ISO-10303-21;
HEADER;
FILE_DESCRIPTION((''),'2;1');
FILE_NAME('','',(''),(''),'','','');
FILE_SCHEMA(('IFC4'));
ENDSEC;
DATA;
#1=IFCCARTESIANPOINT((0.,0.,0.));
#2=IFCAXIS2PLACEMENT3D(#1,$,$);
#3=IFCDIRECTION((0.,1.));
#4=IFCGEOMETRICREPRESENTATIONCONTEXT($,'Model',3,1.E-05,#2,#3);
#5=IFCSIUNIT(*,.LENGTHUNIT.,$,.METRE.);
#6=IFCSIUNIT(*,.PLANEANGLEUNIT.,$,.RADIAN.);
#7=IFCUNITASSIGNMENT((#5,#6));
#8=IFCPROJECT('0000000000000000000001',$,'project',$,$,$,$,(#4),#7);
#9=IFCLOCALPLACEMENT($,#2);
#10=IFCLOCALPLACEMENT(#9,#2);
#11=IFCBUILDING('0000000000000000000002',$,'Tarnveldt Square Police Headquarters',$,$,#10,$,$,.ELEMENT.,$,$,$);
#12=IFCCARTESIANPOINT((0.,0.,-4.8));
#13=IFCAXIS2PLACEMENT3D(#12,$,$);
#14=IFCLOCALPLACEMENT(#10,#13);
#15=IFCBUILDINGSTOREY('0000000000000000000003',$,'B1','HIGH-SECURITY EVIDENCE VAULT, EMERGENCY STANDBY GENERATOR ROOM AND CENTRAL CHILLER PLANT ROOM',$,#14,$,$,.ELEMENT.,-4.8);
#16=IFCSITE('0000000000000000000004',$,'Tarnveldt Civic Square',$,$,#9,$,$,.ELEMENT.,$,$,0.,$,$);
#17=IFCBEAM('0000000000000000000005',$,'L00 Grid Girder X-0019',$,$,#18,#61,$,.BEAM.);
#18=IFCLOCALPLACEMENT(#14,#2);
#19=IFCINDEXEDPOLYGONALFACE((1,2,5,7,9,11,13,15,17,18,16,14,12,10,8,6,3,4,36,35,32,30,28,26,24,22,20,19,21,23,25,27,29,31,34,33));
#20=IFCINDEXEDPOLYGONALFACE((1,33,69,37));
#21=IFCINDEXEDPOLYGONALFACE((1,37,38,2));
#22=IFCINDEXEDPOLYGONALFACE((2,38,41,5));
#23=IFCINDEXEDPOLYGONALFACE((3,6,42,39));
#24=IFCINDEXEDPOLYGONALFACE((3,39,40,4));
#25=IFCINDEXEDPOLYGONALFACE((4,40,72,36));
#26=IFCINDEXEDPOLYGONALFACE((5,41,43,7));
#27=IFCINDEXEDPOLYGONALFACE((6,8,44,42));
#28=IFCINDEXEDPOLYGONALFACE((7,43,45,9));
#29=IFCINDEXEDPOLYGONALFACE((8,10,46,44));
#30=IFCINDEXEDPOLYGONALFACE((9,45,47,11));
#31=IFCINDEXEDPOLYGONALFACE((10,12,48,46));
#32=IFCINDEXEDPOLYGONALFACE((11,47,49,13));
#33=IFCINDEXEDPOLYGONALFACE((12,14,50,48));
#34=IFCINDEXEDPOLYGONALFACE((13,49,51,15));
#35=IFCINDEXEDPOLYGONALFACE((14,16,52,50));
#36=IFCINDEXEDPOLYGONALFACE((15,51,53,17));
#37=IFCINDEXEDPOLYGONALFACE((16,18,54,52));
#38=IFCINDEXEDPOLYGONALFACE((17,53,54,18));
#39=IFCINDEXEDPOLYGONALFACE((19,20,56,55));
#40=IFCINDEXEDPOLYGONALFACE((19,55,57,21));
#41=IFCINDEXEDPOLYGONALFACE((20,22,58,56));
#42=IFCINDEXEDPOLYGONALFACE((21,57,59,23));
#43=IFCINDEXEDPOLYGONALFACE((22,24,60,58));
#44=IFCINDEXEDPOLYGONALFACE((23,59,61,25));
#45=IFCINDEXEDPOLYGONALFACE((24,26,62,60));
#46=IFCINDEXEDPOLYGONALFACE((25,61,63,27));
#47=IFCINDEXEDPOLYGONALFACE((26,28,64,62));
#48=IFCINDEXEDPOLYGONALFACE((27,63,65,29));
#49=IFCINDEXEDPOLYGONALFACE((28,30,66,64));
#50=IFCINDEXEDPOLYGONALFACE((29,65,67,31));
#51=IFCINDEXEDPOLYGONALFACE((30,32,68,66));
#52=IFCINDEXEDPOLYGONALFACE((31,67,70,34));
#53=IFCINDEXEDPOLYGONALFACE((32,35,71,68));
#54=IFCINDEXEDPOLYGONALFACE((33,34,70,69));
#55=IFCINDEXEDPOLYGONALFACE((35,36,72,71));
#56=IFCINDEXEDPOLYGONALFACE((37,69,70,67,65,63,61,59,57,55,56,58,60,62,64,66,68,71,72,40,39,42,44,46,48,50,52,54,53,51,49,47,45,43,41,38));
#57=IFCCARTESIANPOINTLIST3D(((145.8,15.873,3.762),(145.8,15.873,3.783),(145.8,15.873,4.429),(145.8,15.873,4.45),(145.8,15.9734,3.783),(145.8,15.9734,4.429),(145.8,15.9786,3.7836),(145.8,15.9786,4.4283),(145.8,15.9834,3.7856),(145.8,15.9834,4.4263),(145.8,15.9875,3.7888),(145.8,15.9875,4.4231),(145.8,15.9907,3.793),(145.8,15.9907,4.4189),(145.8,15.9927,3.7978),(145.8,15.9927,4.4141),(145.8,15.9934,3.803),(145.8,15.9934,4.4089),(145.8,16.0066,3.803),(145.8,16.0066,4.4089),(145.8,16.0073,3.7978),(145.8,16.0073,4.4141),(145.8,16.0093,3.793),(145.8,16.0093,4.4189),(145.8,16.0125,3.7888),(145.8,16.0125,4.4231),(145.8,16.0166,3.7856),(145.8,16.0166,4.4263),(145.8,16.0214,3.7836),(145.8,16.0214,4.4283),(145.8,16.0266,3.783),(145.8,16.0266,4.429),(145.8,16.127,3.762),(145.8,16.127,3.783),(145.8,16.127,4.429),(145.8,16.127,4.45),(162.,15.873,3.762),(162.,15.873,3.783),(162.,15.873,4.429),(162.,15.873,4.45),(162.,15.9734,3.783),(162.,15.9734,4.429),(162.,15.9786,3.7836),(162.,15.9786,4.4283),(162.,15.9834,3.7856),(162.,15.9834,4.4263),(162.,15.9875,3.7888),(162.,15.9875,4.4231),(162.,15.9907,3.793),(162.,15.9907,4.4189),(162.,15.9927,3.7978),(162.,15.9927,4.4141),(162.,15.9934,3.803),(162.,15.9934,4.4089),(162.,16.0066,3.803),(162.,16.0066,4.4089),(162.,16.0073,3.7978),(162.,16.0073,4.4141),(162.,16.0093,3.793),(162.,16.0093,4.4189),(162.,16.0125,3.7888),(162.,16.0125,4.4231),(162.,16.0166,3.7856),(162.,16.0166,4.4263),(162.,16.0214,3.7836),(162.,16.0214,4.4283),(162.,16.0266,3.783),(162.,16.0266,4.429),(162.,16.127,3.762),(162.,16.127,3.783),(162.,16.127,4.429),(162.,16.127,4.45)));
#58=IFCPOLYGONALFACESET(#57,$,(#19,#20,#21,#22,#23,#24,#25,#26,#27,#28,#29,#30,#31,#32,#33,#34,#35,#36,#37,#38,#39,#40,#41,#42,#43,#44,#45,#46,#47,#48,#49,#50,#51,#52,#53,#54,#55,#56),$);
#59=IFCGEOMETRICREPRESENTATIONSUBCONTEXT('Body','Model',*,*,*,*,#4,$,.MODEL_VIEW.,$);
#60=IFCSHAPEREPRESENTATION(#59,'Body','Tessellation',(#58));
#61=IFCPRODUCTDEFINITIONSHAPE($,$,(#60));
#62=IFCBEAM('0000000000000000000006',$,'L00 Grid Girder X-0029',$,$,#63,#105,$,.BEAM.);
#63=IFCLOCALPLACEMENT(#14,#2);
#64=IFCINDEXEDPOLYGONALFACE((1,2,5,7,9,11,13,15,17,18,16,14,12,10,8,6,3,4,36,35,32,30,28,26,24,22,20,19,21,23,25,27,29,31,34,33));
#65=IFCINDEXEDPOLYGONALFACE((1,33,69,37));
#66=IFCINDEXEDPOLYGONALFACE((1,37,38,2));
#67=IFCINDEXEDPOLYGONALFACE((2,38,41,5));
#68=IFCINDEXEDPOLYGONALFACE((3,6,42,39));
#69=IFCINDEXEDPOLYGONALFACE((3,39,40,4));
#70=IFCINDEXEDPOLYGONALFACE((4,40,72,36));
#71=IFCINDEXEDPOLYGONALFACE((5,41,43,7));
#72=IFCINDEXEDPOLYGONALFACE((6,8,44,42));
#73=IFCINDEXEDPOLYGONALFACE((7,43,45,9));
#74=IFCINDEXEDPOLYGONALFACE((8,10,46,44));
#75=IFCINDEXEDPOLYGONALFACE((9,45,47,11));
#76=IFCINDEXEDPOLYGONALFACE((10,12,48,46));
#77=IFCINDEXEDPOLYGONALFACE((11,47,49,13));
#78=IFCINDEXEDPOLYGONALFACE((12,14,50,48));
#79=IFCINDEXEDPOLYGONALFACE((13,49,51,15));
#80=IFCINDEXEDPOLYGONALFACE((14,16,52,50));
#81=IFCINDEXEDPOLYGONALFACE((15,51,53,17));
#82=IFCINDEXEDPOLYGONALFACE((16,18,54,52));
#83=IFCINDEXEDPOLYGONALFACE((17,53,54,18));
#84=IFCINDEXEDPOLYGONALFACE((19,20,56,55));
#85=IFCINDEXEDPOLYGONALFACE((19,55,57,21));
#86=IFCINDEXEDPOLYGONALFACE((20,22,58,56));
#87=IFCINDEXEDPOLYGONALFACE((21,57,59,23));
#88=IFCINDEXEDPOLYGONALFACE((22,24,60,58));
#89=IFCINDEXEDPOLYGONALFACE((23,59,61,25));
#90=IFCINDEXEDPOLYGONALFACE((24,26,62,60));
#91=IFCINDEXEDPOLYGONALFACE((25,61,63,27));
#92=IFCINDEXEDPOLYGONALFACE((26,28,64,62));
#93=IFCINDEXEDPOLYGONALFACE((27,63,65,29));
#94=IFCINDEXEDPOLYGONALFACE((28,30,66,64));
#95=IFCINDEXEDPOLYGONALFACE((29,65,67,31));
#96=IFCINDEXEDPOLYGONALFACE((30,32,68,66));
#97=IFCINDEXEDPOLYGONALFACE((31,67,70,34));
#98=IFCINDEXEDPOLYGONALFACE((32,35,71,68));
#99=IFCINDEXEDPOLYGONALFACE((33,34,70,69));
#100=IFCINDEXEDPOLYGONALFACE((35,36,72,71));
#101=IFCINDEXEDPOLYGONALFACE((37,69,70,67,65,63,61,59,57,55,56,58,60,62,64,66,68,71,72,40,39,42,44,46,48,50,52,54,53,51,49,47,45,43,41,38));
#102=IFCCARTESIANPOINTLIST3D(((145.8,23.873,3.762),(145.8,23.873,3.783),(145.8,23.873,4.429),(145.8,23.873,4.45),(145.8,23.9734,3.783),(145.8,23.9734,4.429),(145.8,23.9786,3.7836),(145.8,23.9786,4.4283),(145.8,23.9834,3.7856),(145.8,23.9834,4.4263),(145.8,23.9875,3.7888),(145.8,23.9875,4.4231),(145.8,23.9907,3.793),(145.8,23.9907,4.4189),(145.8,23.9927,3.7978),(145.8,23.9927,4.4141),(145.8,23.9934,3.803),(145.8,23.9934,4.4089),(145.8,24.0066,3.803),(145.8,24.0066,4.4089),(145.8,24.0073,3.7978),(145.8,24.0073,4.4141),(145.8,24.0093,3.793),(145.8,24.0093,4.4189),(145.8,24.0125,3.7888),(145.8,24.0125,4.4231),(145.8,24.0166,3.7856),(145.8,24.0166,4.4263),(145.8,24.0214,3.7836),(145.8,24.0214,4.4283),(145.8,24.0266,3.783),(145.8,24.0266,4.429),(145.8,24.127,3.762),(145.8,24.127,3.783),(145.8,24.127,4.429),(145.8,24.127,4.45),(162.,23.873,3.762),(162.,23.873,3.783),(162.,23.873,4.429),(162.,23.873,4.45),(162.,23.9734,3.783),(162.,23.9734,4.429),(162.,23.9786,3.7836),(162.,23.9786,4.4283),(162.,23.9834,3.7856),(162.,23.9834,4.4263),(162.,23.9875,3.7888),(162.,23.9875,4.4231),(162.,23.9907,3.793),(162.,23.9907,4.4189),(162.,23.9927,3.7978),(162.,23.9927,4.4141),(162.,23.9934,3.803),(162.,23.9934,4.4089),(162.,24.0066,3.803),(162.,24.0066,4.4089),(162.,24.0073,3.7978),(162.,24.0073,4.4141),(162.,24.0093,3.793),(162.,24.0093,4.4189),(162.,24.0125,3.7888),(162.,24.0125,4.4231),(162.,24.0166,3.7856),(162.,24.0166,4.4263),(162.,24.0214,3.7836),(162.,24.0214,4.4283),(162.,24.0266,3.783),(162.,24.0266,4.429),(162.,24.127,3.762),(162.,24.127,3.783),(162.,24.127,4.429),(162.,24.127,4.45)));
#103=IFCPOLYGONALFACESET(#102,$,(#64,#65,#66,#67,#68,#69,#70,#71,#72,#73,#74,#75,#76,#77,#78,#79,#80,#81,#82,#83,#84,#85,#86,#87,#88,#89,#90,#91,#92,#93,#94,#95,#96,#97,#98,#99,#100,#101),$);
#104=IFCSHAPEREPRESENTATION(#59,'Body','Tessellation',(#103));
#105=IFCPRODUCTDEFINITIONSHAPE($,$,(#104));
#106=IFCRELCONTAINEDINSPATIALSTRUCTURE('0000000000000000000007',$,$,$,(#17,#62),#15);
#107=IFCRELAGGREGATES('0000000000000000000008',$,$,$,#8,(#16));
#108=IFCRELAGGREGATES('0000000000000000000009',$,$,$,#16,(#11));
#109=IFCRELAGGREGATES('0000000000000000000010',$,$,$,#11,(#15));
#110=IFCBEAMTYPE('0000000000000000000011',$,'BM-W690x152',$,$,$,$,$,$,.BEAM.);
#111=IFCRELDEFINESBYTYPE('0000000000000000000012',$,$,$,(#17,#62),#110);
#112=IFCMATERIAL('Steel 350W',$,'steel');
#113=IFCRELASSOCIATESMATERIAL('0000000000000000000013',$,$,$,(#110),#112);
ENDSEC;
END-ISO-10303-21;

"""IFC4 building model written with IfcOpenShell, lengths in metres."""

from ifc_helpers import new_model, si_unit, direction, frame, origin, origin_2d, place, context, subcontext, project, spatial, i_section, extrude, material, material_profile, profile_set, type_object, element, save


model = new_model("IFC4")

# Units and contexts
model_context = context("Model", 3, precision=1e-05, world=origin(), true_north=direction((0.0, 1.0)))
body_context = subcontext(model_context, "Body", "Model", "MODEL_VIEW")
ifc_project = project(units=[si_unit("LENGTHUNIT", "METRE"), si_unit("PLANEANGLEUNIT", "RADIAN")], contexts=[model_context])

# Site, building, storey
site_placement = place(None, origin())
site = spatial("IfcSite", under=ifc_project, at=site_placement, Name="Tarnveldt Civic Square", CompositionType="ELEMENT", RefElevation=0.0)
building_placement = place(site_placement, origin())
building = spatial("IfcBuilding", under=site, at=building_placement, Name="Tarnveldt Square Police Headquarters", CompositionType="ELEMENT")
storey_placement = place(building_placement, frame((0.0, 0.0, -4.8)))
storey = spatial("IfcBuildingStorey", under=building, at=storey_placement, Name="B1", Description="HIGH-SECURITY EVIDENCE VAULT, EMERGENCY STANDBY GENERATOR ROOM AND CENTRAL CHILLER PLANT ROOM", CompositionType="ELEMENT", Elevation=-4.8)

# Beams
ifc_material_1 = material(Name="Steel 350W", Category="steel")
ifc_material_profile_1 = material_profile(ifc_material_1, i_section(OverallWidth=0.2539, OverallDepth=0.688, WebThickness=0.0132, FlangeThickness=0.021, FilletRadius=0.02, at=origin_2d()), Name="W690x152")
ifc_profile_set_1 = profile_set([ifc_material_profile_1], Name="Steel 350W")
beam_type_1 = type_object("IfcBeamType", Name="BM-W690x152", PredefinedType="BEAM", material=ifc_profile_set_1)
for number, where, z_axis, x_axis, name in (
    (1, (145.8, 16.0, 4.106), (1.0, 0.0, 0.0), (0.0, 1.0, 0.0), "L00 Grid Girder X-0019"),
    (2, (145.8, 24.0, 4.106), (1.0, 0.0, 0.0), (0.0, 1.0, 0.0), "L00 Grid Girder X-0029"),
):
    element("IfcBeam", number, at=place(storey_placement, frame(where, z_axis=z_axis, x_axis=x_axis)), inside=storey, type_object=beam_type_1, Name=name, PredefinedType="BEAM", context=body_context, shape_type="SweptSolid", body=[
        extrude(i_section(OverallWidth=0.2539, OverallDepth=0.688, WebThickness=0.0132, FlangeThickness=0.021, FilletRadius=0.02, at=origin_2d()), origin(), (0.0, 0.0, 1.0), 16.2),
    ])

save(model, "model.ifc")
